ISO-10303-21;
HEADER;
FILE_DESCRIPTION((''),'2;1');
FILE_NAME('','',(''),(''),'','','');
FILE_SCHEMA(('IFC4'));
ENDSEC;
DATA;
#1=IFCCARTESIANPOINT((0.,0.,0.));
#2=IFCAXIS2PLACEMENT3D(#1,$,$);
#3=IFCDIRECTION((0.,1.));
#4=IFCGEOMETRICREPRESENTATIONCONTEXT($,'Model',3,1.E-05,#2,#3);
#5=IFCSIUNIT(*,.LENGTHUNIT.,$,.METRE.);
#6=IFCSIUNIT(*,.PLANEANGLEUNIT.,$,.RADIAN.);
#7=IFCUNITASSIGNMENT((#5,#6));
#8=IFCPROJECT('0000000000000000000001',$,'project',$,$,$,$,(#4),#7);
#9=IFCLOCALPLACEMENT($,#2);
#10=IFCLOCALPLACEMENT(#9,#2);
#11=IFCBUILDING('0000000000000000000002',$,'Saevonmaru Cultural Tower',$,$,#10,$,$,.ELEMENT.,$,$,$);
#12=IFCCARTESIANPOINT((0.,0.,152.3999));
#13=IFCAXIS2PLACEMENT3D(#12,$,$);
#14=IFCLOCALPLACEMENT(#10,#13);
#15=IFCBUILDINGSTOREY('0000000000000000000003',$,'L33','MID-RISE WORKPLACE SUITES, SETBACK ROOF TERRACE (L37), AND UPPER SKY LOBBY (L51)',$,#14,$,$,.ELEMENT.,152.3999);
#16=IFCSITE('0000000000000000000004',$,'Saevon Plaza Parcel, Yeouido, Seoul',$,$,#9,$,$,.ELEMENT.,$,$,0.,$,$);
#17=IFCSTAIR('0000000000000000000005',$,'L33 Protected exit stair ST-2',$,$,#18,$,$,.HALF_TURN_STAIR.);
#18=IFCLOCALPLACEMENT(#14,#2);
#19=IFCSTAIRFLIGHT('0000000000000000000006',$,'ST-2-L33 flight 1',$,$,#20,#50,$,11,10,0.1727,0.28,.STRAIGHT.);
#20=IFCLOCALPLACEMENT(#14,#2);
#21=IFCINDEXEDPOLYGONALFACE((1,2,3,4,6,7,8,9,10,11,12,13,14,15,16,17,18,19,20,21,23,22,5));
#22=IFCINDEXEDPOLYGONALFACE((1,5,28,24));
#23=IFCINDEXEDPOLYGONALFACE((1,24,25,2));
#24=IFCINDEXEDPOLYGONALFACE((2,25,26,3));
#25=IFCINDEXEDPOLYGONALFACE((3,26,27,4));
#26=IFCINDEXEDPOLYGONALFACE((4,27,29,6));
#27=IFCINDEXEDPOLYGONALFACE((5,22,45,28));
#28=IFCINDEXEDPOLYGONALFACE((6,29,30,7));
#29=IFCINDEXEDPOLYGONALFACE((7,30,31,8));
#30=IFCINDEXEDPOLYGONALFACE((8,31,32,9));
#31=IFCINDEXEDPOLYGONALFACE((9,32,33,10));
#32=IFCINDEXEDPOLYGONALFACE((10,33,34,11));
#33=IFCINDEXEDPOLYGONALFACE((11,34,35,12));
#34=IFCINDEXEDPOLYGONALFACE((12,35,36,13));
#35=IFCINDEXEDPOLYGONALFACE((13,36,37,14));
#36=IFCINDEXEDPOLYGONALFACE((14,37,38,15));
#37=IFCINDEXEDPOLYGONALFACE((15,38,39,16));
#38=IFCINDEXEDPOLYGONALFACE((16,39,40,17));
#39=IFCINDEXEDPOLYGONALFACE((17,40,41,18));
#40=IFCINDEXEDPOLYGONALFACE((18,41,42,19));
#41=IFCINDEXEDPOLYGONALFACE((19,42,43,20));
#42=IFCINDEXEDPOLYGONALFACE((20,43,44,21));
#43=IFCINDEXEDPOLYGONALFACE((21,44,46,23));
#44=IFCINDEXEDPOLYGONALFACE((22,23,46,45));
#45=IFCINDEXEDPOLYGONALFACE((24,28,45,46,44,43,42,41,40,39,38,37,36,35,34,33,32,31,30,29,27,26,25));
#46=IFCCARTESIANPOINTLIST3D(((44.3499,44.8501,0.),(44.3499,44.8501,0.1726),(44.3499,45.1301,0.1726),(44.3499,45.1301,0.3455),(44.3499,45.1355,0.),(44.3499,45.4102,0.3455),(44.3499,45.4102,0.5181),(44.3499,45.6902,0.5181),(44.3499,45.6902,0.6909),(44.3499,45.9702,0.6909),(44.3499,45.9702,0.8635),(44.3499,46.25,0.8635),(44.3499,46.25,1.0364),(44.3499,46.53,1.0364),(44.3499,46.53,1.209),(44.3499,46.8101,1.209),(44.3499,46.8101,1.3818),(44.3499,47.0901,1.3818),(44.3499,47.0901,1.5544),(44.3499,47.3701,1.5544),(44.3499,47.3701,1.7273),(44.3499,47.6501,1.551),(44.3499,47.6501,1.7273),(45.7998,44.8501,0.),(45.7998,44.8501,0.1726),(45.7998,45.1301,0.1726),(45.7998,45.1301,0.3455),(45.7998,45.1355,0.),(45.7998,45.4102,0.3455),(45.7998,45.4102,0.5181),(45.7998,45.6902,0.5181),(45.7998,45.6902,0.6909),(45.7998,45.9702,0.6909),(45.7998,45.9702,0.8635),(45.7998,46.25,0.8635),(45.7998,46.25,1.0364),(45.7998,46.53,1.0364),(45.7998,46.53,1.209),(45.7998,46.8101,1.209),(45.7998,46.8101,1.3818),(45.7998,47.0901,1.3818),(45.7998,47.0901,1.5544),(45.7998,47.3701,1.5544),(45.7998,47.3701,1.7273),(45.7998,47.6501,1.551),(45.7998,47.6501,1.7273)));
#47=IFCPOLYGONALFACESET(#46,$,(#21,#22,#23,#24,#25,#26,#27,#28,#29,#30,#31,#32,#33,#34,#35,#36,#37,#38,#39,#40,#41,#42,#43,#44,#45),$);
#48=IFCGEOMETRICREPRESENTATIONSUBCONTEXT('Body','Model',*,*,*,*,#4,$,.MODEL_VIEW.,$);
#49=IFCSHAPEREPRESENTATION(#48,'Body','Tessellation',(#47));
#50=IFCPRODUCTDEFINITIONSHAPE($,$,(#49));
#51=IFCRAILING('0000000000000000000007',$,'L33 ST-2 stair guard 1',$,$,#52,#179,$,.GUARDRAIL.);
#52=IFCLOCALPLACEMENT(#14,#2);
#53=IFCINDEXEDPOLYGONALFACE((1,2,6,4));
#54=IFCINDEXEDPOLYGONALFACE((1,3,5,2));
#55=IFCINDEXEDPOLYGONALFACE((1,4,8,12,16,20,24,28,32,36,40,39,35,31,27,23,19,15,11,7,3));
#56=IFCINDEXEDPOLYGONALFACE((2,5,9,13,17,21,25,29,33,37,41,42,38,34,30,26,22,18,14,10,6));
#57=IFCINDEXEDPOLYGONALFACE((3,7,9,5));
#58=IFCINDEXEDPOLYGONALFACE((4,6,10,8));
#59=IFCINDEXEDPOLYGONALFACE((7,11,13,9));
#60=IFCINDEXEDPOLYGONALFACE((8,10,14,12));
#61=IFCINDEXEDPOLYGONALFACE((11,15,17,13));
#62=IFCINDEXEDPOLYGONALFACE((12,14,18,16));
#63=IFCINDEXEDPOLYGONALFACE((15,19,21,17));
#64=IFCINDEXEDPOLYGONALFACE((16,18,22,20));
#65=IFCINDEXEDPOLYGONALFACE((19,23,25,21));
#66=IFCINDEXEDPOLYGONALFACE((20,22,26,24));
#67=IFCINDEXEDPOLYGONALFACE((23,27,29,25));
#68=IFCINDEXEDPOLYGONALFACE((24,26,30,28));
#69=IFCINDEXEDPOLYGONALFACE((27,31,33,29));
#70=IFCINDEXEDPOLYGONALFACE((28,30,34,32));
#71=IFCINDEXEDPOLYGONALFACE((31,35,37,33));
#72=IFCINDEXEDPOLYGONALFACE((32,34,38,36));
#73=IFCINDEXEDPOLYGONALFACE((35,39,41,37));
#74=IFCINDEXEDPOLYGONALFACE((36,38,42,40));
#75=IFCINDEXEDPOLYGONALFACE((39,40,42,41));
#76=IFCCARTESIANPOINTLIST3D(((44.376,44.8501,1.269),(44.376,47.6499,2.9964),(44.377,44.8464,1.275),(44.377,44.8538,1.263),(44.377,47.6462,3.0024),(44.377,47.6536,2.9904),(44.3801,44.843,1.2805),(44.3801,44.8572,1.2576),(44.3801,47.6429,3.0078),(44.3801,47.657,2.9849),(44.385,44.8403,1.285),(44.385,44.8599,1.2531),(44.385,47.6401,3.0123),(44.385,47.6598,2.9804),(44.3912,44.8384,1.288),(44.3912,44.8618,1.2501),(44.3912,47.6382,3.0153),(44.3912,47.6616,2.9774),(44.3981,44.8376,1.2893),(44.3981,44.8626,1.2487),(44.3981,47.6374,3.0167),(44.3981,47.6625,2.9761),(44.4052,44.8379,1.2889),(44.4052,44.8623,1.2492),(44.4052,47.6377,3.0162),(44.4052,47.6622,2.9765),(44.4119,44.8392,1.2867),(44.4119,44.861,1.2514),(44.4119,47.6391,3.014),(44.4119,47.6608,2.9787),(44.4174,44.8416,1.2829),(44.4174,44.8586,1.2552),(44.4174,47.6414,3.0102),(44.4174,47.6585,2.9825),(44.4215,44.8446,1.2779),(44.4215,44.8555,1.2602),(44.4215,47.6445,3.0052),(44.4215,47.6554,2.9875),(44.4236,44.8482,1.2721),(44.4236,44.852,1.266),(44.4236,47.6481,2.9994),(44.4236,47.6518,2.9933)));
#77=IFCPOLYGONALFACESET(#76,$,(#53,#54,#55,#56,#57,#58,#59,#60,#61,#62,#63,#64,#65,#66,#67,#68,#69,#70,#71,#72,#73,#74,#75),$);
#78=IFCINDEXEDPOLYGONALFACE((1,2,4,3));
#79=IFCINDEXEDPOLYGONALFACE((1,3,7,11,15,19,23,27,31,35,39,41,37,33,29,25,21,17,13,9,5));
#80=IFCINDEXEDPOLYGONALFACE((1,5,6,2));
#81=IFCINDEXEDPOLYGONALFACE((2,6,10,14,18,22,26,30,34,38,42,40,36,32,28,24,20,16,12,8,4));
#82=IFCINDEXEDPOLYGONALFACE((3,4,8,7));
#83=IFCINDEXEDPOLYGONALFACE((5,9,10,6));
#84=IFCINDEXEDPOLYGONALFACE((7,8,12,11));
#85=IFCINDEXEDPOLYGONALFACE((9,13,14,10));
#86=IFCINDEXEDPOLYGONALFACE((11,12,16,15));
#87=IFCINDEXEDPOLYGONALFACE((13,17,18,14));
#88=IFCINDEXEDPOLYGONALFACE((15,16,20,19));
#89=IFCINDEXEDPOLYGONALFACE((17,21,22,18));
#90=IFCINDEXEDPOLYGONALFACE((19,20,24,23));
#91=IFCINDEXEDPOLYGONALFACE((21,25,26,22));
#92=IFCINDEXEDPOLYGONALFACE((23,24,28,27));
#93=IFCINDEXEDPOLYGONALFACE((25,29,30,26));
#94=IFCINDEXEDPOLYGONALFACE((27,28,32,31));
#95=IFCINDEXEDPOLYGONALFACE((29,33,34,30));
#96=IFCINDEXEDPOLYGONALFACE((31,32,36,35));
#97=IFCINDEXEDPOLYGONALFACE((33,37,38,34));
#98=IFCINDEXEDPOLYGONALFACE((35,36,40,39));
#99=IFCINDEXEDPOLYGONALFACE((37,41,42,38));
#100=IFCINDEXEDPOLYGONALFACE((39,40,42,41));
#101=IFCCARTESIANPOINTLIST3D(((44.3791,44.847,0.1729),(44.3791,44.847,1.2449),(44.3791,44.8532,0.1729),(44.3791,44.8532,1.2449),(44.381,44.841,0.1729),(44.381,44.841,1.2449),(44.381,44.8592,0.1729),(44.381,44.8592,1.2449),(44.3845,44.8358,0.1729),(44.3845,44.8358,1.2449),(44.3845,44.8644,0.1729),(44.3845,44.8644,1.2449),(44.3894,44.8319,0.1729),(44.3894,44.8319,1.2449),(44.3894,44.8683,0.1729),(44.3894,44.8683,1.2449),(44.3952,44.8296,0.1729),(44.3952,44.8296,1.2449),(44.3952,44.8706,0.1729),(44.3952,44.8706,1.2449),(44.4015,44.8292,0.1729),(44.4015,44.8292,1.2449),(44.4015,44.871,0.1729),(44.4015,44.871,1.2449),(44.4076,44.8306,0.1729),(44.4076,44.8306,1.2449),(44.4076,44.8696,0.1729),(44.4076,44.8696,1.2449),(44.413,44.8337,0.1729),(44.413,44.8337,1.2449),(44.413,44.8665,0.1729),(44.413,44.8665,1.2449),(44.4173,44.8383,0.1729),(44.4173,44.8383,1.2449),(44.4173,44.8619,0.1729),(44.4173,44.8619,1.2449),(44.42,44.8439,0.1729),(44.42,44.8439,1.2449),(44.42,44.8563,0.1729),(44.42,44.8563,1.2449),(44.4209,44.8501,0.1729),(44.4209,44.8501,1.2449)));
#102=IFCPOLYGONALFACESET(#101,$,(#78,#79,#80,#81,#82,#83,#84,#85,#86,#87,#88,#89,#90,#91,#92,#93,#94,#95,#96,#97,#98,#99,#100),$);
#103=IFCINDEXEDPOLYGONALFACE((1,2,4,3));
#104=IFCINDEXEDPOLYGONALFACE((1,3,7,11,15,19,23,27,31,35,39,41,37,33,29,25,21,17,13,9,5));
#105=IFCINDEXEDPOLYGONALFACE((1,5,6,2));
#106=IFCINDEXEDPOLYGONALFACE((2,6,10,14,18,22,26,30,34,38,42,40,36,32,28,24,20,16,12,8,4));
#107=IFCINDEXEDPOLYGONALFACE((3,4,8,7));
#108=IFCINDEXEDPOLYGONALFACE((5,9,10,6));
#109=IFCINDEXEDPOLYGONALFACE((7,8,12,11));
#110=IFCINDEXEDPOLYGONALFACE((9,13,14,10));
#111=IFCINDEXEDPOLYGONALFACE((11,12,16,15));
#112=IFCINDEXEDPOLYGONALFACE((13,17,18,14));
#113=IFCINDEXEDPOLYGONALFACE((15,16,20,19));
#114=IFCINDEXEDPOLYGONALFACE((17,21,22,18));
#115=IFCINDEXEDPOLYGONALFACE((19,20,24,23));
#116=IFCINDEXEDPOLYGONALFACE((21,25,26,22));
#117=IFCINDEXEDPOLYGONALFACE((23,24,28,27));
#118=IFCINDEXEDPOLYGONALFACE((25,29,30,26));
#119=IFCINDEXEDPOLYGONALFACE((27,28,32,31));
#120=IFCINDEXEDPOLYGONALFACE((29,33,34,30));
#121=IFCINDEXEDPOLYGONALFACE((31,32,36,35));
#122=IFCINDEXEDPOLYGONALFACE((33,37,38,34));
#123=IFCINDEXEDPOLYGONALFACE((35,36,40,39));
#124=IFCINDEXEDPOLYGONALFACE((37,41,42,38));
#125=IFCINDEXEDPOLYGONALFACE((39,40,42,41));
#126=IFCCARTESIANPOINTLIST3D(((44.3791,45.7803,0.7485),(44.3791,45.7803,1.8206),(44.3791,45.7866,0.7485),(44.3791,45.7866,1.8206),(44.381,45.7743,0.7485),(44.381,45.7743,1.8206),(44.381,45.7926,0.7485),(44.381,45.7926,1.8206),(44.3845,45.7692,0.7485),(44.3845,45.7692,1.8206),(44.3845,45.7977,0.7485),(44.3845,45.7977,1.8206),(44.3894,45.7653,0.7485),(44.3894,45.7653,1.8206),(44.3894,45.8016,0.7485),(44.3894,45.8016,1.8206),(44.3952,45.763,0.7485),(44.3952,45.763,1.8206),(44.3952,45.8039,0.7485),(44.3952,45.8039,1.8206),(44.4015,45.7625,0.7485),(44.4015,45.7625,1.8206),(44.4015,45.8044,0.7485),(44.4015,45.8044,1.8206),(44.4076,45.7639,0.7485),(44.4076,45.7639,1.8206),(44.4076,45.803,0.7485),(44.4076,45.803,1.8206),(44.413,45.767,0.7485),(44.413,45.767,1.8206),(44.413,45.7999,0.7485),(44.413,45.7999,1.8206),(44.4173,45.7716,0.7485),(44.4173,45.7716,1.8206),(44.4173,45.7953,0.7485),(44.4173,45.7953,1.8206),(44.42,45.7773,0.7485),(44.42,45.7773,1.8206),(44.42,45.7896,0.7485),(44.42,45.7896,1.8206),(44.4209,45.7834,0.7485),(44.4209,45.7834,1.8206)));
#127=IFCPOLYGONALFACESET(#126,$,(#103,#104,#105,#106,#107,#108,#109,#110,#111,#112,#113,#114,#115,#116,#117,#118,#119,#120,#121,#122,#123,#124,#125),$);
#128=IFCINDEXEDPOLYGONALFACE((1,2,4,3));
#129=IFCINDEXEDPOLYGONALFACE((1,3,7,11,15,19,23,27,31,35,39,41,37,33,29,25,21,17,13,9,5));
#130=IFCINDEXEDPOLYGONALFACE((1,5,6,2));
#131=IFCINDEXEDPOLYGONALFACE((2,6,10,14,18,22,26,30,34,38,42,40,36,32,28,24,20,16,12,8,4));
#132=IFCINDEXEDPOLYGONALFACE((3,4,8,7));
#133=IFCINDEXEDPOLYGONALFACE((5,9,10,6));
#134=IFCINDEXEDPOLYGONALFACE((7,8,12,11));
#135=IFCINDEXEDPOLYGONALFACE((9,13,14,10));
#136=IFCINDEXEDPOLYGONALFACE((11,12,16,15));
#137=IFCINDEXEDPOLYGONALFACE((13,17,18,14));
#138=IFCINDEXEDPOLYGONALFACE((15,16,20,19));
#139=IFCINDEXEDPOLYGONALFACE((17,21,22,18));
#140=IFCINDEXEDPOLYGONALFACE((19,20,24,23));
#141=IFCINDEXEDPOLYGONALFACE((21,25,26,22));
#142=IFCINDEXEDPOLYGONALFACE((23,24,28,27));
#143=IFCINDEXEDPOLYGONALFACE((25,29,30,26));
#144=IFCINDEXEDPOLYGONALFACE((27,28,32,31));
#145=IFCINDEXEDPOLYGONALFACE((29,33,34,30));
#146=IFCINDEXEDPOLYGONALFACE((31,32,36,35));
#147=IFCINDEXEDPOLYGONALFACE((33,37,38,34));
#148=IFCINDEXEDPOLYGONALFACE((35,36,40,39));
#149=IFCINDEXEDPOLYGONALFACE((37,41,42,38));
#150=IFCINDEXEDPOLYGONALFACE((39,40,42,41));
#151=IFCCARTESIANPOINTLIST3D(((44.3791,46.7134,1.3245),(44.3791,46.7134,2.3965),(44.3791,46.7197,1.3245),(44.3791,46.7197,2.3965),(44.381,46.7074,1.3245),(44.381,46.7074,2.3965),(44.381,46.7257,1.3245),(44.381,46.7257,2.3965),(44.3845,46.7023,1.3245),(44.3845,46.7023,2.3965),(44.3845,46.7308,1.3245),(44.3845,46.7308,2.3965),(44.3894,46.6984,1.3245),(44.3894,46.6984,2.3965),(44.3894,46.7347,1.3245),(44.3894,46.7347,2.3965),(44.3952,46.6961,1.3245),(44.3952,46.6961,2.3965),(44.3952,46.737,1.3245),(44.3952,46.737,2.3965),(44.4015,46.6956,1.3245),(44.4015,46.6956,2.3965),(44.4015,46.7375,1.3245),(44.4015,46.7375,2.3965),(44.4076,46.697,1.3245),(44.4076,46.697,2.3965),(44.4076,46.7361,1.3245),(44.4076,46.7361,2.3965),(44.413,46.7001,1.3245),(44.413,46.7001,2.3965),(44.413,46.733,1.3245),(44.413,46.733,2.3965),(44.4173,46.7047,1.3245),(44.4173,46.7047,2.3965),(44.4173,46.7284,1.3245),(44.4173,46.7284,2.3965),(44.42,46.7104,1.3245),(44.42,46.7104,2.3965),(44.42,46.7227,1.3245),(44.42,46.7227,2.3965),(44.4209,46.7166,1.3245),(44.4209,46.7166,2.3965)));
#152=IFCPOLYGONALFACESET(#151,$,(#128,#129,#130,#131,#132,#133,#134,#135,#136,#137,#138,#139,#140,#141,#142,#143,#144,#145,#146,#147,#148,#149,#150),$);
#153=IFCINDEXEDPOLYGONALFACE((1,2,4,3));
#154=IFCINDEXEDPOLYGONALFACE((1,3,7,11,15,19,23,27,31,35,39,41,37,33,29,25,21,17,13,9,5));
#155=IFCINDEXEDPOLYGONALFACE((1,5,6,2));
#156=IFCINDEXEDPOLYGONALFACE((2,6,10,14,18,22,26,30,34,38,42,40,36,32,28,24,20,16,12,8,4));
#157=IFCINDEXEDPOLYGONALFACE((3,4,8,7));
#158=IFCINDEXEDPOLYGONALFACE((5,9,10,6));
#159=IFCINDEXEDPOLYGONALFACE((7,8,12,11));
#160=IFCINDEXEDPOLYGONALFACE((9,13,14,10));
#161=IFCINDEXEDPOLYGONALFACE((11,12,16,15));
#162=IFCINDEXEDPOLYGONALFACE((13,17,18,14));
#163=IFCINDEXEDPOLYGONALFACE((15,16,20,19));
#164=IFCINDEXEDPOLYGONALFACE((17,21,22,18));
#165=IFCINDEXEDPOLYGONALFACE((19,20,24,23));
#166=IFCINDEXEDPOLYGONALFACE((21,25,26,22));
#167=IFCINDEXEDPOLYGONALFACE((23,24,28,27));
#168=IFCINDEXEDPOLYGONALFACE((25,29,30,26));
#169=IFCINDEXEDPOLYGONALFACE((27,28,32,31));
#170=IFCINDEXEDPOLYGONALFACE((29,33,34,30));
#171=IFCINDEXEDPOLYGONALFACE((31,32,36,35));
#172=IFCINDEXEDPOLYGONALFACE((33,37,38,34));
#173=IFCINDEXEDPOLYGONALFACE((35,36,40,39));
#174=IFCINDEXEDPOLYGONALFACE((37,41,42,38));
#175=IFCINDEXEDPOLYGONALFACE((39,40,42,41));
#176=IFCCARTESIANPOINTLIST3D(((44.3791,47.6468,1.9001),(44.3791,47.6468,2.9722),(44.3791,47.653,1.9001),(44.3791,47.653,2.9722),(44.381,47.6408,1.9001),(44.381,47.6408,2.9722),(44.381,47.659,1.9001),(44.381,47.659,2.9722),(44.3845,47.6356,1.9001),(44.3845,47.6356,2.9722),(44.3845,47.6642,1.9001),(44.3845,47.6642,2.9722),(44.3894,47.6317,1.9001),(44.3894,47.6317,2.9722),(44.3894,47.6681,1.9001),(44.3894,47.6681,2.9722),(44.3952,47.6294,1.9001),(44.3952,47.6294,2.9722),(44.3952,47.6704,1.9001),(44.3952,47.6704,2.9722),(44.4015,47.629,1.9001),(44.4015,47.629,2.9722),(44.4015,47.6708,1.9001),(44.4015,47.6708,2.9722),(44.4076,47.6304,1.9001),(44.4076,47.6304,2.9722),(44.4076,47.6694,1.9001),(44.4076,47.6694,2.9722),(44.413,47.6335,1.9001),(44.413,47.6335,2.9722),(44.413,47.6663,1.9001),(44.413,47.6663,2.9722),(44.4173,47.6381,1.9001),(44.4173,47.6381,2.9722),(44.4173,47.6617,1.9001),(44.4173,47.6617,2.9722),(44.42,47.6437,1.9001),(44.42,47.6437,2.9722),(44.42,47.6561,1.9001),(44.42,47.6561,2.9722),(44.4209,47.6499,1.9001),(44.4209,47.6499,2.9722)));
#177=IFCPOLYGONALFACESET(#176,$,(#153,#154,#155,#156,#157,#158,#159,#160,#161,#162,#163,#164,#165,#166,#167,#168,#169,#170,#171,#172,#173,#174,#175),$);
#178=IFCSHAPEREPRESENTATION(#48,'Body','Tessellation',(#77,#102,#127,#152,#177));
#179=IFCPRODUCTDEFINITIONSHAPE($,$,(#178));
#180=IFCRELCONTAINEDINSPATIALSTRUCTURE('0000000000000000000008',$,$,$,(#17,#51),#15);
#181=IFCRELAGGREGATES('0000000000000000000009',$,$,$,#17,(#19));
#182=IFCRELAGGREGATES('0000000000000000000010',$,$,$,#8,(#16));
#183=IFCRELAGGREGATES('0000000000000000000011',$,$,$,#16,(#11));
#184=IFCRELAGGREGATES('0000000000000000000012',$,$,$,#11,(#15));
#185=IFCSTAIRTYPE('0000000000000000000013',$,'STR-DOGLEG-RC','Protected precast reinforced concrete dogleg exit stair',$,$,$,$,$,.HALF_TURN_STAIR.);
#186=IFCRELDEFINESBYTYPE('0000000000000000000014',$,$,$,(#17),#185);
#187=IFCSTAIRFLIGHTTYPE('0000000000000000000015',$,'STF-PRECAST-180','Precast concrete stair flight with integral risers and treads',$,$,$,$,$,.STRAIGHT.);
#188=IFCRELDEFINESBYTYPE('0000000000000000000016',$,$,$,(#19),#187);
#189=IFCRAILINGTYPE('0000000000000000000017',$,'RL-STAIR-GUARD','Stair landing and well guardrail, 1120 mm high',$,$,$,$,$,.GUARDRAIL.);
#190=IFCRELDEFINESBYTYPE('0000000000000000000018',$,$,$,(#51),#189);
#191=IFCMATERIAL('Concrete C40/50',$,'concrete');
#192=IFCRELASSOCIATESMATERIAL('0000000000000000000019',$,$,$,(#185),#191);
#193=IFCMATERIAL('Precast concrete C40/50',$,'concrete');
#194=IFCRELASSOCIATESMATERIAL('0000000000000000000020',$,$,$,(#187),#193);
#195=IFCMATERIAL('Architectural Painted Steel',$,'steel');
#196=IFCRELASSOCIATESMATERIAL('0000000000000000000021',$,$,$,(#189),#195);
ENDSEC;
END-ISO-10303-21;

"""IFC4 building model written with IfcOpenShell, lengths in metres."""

from ifc_helpers import new_model, si_unit, direction, frame, origin, origin_2d, place, context, subcontext, project, spatial, polyline, circle, outline, extrude, material, type_object, element, aggregate, save


model = new_model("IFC4")

# Units and contexts
model_context = context("Model", 3, precision=1e-05, world=origin(), true_north=direction((0.0, 1.0)))
body_context = subcontext(model_context, "Body", "Model", "MODEL_VIEW")
ifc_project = project(units=[si_unit("LENGTHUNIT", "METRE"), si_unit("PLANEANGLEUNIT", "RADIAN")], contexts=[model_context])

# Site, building, storey
site_placement = place(None, origin())
site = spatial("IfcSite", under=ifc_project, at=site_placement, Name="Saevon Plaza Parcel, Yeouido, Seoul", CompositionType="ELEMENT", RefElevation=0.0)
building_placement = place(site_placement, origin())
building = spatial("IfcBuilding", under=site, at=building_placement, Name="Saevonmaru Cultural Tower", CompositionType="ELEMENT")
storey_placement = place(building_placement, frame((0.0, 0.0, 152.3999)))
storey = spatial("IfcBuildingStorey", under=building, at=storey_placement, Name="L33", Description="MID-RISE WORKPLACE SUITES, SETBACK ROOF TERRACE (L37), AND UPPER SKY LOBBY (L51)", CompositionType="ELEMENT", Elevation=152.3999)

# Stair, stair flight
ifc_material_1 = material(Name="Concrete C40/50", Category="concrete")
stair_type = type_object("IfcStairType", Name="STR-DOGLEG-RC", Description="Protected precast reinforced concrete dogleg exit stair", PredefinedType="HALF_TURN_STAIR", material=ifc_material_1)
stair_placement = place(storey_placement, origin())
stair = element("IfcStair", 1, at=stair_placement, inside=storey, type_object=stair_type, Name="L33 Protected exit stair ST-2", PredefinedType="HALF_TURN_STAIR")
ifc_material_2 = material(Name="Precast concrete C40/50", Category="concrete")
stair_flight_type = type_object("IfcStairFlightType", Name="STF-PRECAST-180", Description="Precast concrete stair flight with integral risers and treads", PredefinedType="STRAIGHT", material=ifc_material_2)
stair_flight_placement = place(storey_placement, frame((45.075, 44.8501, 0.0), z_axis=(0.0, 0.0, 1.0), x_axis=(0.0, 1.0, 0.0)))
stair_flight = element("IfcStairFlight", 2, at=stair_flight_placement, type_object=stair_flight_type, Name="ST-2-L33 flight 1", NumberOfRisers=11, NumberOfTreads=10, PredefinedType="STRAIGHT", RiserHeight=0.1727, TreadLength=0.28, context=body_context, shape_type="SweptSolid", body=[
    extrude(outline(polyline([(0.0, 0.0), (0.0, 0.1726), (0.28, 0.1726), (0.28, 0.3455), (0.5601, 0.3455), (0.5601, 0.5181), (0.8401, 0.5181), (0.8401, 0.6909), (1.1201, 0.6909), (1.1201, 0.8635), (1.3999, 0.8635), (1.3999, 1.0364), (1.6799, 1.0364), (1.6799, 1.209), (1.96, 1.209), (1.96, 1.3818), (2.24, 1.3818), (2.24, 1.5544), (2.52, 1.5544), (2.52, 1.7273), (2.8, 1.7273), (2.8, 1.8999), (2.8, 1.551), (0.2854, 0.0), (0.0, 0.0)])), frame((0.0, 0.7251, 0.0), z_axis=(0.0, -1.0, 0.0), x_axis=(1.0, 0.0, 0.0)), (0.0, 0.0, 1.0), 1.45),
])
aggregate(stair, [stair_flight])

# Railing
ifc_material_3 = material(Name="Architectural Painted Steel", Category="steel")
railing_type_1 = type_object("IfcRailingType", Name="RL-STAIR-GUARD", Description="Stair landing and well guardrail, 1120 mm high", PredefinedType="GUARDRAIL", material=ifc_material_3)
railing_1_placement = place(storey_placement, frame((44.3999, 44.8501, 0.1729)))
element("IfcRailing", 3, at=railing_1_placement, inside=storey, type_object=railing_type_1, Name="L33 ST-2 stair guard 1", PredefinedType="GUARDRAIL", context=body_context, shape_type="SweptSolid", body=[
    extrude(circle(Radius=0.0239, at=origin_2d()), frame((0.0, 0.0, 1.0962), z_axis=(0.0, 0.851069, 0.525054), x_axis=(-1.0, 0.0, 0.0)), (0.0, 0.0, 1.0), 3.2898),
    extrude(circle(Radius=0.021, at=origin_2d()), origin(), (0.0, 0.0, 1.0), 1.072),
    extrude(circle(Radius=0.021, at=origin_2d()), frame((0.0, 0.9333, 0.5757)), (0.0, 0.0, 1.0), 1.072),
    extrude(circle(Radius=0.021, at=origin_2d()), frame((0.0, 1.8665, 1.1516)), (0.0, 0.0, 1.0), 1.072),
    extrude(circle(Radius=0.021, at=origin_2d()), frame((0.0, 2.7998, 1.7273)), (0.0, 0.0, 1.0), 1.072),
])

save(model, "model.ifc")
